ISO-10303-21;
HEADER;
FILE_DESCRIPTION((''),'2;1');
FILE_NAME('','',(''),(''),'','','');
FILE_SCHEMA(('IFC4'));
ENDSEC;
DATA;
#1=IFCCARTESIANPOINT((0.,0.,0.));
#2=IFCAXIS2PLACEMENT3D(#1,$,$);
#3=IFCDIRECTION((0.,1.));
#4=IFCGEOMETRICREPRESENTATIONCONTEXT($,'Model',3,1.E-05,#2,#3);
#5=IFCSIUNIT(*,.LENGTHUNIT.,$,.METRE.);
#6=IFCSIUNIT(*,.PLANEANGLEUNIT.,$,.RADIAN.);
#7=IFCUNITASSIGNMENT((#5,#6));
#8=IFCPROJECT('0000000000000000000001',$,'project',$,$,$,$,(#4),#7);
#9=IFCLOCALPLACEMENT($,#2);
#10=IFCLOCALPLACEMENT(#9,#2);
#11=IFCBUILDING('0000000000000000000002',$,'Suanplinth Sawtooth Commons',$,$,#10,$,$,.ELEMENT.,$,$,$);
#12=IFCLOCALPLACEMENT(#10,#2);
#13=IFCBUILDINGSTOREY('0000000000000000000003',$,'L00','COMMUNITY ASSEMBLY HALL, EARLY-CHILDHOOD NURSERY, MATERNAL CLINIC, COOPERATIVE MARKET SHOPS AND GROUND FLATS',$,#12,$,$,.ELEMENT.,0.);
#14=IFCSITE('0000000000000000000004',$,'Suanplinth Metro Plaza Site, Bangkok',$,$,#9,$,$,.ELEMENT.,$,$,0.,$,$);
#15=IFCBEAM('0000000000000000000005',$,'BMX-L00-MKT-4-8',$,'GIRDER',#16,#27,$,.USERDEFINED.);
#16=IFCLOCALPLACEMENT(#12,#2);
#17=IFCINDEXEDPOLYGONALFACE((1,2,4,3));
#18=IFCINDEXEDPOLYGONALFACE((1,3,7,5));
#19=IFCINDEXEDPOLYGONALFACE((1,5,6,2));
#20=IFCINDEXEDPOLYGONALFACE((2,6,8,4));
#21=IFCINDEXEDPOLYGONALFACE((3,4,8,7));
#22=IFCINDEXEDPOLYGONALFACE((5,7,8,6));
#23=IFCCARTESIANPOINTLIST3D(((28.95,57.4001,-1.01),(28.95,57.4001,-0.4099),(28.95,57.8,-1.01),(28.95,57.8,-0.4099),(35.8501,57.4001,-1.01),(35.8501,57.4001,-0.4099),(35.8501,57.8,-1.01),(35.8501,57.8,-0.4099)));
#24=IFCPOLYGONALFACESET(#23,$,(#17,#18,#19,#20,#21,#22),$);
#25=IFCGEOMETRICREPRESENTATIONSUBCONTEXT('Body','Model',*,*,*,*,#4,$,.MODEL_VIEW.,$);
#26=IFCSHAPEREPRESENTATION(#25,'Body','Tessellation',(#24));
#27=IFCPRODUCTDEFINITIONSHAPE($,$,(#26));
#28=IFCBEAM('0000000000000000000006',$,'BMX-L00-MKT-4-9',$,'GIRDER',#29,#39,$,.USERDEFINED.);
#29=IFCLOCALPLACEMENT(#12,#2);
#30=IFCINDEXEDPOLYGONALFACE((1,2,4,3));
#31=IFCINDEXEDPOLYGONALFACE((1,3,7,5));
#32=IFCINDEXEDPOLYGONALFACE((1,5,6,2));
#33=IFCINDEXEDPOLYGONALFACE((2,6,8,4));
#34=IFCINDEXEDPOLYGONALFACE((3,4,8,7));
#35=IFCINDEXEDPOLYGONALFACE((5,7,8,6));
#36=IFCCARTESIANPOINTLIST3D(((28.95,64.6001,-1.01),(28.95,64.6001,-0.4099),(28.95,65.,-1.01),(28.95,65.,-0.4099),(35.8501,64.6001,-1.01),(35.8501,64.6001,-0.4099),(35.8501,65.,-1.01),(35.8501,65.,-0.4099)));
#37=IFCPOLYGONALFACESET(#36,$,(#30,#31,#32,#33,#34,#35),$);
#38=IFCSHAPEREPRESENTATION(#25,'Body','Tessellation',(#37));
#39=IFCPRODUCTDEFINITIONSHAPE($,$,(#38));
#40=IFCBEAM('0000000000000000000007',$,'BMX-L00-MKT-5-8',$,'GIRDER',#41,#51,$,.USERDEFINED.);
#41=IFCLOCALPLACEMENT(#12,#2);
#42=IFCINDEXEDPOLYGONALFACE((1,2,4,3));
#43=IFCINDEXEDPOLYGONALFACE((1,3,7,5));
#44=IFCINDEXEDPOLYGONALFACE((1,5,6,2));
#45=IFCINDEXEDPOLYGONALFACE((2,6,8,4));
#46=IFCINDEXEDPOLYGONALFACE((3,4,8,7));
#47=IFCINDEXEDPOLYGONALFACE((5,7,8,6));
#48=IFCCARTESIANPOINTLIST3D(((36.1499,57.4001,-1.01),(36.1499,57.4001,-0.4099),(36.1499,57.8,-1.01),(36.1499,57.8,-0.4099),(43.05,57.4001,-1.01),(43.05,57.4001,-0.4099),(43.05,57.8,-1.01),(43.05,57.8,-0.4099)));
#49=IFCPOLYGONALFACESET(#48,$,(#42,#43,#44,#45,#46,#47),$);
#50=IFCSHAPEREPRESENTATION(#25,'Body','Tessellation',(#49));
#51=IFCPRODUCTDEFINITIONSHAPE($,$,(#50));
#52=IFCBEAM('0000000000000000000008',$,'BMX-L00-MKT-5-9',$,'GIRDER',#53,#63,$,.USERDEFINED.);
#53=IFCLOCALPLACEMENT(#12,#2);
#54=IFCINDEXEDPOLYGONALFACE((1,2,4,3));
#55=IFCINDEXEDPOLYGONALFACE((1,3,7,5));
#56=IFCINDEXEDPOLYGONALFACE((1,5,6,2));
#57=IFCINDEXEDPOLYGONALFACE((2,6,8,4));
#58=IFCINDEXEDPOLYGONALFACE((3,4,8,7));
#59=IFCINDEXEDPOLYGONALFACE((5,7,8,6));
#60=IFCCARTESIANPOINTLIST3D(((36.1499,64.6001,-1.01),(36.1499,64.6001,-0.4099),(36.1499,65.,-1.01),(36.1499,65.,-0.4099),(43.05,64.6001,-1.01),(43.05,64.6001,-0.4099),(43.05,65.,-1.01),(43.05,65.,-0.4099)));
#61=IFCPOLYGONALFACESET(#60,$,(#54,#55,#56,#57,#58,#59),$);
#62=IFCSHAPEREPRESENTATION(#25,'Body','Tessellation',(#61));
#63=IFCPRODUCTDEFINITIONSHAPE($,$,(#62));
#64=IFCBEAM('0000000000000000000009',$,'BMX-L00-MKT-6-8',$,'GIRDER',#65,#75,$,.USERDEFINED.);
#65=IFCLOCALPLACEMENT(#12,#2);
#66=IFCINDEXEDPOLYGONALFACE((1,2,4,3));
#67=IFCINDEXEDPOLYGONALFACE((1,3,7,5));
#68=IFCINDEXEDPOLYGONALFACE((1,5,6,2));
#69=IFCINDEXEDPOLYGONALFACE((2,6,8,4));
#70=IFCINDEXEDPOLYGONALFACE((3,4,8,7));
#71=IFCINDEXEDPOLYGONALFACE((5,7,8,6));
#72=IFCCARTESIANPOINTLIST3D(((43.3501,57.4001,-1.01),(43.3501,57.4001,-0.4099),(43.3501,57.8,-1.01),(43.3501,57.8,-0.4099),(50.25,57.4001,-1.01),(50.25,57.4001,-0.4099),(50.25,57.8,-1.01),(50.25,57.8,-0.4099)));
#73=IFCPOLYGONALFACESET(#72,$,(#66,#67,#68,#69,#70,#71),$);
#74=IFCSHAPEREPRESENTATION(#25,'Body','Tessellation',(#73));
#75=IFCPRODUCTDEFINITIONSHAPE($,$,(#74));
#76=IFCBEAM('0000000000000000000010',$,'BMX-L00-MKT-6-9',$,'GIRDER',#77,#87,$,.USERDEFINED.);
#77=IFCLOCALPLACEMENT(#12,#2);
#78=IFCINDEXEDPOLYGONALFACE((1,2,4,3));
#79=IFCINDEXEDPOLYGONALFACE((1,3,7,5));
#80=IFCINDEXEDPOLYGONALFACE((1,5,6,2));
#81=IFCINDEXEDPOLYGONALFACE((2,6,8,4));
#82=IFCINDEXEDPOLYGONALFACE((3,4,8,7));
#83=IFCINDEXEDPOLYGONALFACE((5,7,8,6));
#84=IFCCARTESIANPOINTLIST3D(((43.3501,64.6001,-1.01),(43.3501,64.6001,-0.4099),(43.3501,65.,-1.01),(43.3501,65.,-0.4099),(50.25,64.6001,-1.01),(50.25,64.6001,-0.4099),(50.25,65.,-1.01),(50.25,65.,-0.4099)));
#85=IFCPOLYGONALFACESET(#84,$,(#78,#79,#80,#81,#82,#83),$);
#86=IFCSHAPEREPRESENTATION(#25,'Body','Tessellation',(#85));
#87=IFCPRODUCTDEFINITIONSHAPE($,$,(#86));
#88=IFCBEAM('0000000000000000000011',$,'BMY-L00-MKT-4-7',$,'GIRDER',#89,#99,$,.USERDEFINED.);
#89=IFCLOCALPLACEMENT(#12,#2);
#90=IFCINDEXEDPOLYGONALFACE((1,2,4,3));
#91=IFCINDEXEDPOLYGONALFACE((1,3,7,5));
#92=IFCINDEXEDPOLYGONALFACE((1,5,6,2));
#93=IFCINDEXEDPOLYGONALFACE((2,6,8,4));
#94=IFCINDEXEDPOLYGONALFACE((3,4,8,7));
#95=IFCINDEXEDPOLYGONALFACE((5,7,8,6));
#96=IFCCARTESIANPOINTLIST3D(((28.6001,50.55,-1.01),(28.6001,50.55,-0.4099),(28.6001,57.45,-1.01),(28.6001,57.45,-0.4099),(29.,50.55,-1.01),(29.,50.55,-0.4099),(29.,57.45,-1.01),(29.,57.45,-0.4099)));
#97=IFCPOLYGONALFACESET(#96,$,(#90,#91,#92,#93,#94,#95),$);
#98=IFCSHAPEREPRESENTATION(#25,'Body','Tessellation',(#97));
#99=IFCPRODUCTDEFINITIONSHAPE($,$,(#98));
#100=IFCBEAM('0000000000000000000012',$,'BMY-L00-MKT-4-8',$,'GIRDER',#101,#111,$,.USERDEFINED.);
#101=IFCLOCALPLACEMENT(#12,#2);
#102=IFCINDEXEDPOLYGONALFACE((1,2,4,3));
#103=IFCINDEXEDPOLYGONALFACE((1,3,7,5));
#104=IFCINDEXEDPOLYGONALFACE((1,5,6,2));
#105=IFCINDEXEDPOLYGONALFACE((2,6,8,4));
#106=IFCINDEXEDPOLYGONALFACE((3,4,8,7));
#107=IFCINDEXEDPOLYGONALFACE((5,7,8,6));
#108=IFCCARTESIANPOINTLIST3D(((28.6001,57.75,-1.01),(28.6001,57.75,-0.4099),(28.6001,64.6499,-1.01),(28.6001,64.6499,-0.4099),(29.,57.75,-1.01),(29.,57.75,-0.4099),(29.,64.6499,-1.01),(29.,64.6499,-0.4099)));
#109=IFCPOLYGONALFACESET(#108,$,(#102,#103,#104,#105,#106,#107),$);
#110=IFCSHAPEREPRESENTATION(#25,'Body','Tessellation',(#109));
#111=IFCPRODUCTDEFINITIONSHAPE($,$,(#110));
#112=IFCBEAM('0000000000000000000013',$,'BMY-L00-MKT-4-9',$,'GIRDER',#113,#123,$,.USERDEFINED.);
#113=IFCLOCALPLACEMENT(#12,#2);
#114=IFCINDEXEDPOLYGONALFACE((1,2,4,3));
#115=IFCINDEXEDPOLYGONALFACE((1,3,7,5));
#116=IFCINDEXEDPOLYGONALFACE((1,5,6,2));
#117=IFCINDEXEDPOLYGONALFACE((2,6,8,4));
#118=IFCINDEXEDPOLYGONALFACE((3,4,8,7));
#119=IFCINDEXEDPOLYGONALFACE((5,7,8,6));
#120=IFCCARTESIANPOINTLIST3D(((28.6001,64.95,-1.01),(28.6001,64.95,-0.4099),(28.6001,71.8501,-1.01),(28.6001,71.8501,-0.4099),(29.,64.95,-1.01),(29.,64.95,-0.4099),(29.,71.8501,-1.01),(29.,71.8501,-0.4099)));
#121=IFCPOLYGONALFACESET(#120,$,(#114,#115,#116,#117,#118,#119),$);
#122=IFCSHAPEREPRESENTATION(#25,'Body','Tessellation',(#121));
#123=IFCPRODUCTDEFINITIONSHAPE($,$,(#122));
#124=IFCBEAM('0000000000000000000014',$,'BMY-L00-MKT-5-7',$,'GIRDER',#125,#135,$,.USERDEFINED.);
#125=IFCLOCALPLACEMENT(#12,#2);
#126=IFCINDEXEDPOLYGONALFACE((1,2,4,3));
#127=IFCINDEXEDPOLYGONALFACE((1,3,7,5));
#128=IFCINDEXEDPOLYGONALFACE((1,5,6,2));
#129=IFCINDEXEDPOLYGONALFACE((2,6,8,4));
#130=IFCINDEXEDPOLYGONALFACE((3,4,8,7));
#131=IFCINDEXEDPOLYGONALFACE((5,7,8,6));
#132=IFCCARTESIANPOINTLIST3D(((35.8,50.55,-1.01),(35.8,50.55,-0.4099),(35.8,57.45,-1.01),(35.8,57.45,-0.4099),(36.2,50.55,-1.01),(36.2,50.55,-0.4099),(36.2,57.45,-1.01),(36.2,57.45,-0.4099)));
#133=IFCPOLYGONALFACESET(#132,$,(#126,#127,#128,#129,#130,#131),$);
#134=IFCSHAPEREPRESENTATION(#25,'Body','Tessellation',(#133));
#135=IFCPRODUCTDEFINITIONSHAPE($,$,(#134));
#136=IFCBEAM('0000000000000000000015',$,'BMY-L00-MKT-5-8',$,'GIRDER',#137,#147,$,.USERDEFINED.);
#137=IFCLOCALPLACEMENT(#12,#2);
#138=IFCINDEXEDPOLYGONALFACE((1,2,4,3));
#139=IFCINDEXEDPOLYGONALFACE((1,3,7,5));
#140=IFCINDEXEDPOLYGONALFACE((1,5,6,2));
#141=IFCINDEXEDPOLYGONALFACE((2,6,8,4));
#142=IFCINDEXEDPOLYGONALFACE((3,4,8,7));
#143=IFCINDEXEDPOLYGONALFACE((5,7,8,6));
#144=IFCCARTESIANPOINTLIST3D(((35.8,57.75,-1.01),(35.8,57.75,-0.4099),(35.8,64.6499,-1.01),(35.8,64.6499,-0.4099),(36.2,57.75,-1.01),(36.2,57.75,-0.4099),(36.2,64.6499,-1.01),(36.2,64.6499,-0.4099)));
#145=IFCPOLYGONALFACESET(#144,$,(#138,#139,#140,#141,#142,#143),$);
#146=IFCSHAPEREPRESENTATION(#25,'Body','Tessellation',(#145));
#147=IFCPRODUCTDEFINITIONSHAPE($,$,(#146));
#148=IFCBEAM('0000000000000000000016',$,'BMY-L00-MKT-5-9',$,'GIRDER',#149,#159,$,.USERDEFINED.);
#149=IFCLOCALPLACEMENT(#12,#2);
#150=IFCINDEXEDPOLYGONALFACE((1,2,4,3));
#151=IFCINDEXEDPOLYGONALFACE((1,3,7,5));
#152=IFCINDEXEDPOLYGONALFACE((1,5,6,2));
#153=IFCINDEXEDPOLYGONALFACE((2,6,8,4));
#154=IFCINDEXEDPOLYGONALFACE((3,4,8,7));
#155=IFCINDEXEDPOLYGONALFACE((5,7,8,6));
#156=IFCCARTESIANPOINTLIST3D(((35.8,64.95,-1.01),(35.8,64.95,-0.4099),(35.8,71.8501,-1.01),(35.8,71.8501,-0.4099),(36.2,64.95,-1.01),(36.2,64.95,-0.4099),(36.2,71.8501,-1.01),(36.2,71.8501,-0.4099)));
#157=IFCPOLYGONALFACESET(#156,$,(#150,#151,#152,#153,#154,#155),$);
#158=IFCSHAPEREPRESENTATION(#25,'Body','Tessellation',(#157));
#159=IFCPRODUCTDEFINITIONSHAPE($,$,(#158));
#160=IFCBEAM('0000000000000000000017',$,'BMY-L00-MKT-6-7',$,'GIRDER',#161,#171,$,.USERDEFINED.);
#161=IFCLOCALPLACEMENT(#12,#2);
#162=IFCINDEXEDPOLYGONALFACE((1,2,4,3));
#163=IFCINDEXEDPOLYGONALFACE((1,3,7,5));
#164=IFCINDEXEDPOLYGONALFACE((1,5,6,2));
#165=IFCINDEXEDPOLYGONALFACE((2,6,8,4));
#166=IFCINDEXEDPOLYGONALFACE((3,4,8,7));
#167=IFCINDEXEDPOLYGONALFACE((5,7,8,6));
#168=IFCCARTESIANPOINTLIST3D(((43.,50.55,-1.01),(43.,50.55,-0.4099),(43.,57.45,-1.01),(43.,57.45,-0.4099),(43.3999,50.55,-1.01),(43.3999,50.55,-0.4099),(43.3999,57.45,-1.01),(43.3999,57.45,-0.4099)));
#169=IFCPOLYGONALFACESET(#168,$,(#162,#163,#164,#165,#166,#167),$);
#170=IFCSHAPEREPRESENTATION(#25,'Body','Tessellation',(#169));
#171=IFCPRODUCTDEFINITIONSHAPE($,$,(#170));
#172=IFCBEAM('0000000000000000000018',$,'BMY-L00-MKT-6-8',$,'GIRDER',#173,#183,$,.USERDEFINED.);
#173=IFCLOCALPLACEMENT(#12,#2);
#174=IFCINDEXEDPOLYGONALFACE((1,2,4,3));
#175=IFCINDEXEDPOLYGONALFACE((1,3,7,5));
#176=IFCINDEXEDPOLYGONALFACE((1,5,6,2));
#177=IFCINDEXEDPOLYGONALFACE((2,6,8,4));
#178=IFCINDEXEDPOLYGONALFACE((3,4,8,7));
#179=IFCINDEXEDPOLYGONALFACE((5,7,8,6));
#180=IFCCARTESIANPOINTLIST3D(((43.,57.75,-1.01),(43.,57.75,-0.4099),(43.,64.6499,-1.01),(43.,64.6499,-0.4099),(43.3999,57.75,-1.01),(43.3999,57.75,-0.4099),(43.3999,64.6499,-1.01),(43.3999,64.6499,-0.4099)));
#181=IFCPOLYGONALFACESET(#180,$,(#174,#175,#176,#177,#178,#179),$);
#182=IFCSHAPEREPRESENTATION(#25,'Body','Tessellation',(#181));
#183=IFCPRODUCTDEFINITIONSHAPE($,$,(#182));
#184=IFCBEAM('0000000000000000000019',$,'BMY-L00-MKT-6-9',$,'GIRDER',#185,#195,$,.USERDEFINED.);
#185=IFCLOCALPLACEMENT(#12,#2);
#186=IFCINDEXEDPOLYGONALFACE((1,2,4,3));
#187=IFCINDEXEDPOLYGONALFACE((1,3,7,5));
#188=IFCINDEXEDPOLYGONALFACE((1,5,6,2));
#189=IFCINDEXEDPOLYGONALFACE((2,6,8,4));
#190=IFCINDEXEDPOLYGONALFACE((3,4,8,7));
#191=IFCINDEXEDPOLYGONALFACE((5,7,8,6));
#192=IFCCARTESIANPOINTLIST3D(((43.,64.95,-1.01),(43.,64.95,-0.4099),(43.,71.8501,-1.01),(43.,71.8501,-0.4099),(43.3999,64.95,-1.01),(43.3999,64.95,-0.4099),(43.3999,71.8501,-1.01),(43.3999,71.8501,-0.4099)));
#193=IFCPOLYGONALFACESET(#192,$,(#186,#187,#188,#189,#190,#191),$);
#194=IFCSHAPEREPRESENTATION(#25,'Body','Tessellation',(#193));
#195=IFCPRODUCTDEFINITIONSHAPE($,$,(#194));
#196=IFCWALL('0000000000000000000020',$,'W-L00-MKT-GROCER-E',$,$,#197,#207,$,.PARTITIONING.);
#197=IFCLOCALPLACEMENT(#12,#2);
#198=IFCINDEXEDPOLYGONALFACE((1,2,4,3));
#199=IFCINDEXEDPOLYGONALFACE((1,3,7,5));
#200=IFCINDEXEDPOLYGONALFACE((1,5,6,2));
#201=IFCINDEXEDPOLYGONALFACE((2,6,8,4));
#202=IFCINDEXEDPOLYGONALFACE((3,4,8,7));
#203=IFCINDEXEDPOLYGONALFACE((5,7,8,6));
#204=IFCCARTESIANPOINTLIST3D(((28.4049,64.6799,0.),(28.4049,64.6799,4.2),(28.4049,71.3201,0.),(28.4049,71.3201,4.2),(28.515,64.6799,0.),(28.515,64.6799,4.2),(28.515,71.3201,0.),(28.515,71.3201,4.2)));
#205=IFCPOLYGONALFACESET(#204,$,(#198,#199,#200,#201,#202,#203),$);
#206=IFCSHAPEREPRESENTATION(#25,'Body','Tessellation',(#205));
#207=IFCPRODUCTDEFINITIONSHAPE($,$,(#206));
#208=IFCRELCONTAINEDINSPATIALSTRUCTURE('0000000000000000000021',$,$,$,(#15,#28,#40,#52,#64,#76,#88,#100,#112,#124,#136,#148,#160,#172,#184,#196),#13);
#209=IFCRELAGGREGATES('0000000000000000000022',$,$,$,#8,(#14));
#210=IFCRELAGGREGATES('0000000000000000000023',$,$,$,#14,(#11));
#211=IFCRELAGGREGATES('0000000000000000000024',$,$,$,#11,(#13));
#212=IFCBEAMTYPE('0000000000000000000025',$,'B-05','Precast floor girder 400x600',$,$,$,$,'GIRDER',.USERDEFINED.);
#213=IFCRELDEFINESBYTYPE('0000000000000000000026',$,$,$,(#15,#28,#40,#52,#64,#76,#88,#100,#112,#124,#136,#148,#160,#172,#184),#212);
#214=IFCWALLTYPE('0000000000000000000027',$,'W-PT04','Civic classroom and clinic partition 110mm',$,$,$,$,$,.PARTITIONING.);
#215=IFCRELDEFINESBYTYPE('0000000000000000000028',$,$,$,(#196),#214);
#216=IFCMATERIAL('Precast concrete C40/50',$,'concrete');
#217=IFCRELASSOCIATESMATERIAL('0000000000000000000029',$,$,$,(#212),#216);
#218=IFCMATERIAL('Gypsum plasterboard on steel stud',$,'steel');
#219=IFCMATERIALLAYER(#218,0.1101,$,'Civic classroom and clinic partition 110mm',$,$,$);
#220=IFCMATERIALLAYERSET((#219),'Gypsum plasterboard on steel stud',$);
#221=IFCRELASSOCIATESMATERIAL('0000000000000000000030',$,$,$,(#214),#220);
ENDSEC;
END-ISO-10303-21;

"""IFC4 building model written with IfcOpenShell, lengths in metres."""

from ifc_helpers import new_model, si_unit, direction, frame, frame_2d, origin, origin_2d, place, context, subcontext, project, spatial, rectangle, extrude, material, layer, layer_set, material_profile, profile_set, type_object, element, save


model = new_model("IFC4")

# Units and contexts
model_context = context("Model", 3, precision=1e-05, world=origin(), true_north=direction((0.0, 1.0)))
body_context = subcontext(model_context, "Body", "Model", "MODEL_VIEW")
ifc_project = project(units=[si_unit("LENGTHUNIT", "METRE"), si_unit("PLANEANGLEUNIT", "RADIAN")], contexts=[model_context])

# Site, building, storey
site_placement = place(None, origin())
site = spatial("IfcSite", under=ifc_project, at=site_placement, Name="Suanplinth Metro Plaza Site, Bangkok", CompositionType="ELEMENT", RefElevation=0.0)
building_placement = place(site_placement, origin())
building = spatial("IfcBuilding", under=site, at=building_placement, Name="Suanplinth Sawtooth Commons", CompositionType="ELEMENT")
storey_placement = place(building_placement, origin())
storey = spatial("IfcBuildingStorey", under=building, at=storey_placement, Name="L00", Description="COMMUNITY ASSEMBLY HALL, EARLY-CHILDHOOD NURSERY, MATERNAL CLINIC, COOPERATIVE MARKET SHOPS AND GROUND FLATS", CompositionType="ELEMENT", Elevation=0.0)

# Beams
ifc_material_1 = material(Name="Precast concrete C40/50", Category="concrete")
ifc_material_profile_1 = material_profile(ifc_material_1, rectangle(XDim=0.3999, YDim=0.6001, at=origin_2d()), Name="PC-GDR 400x600")
ifc_profile_set_1 = profile_set([ifc_material_profile_1], Name="Precast concrete C40/50")
beam_type = type_object("IfcBeamType", Name="B-05", Description="Precast floor girder 400x600", ElementType="GIRDER", PredefinedType="USERDEFINED", material=ifc_profile_set_1)
for number, where, z_axis, x_axis, name in (
    (1, (28.95, 57.6001, -0.71), (1.0, 0.0, 0.0), (0.0, 1.0, 0.0), "BMX-L00-MKT-4-8"),
    (2, (28.95, 64.8, -0.71), (1.0, 0.0, 0.0), (0.0, 1.0, 0.0), "BMX-L00-MKT-4-9"),
    (3, (36.1499, 57.6001, -0.71), (1.0, 0.0, 0.0), (0.0, 1.0, 0.0), "BMX-L00-MKT-5-8"),
    (4, (36.1499, 64.8, -0.71), (1.0, 0.0, 0.0), (0.0, 1.0, 0.0), "BMX-L00-MKT-5-9"),
):
    element("IfcBeam", number, at=place(storey_placement, frame(where, z_axis=z_axis, x_axis=x_axis)), inside=storey, type_object=beam_type, Name=name, ObjectType="GIRDER", PredefinedType="USERDEFINED", context=body_context, shape_type="SweptSolid", body=[
        extrude(rectangle(XDim=0.3999, YDim=0.6001, at=origin_2d()), origin(), (0.0, 0.0, 1.0), 6.9001),
    ])
for number, where, z_axis, x_axis, name in (
    (5, (43.3501, 57.6001, -0.71), (1.0, 0.0, 0.0), (0.0, 1.0, 0.0), "BMX-L00-MKT-6-8"),
    (6, (43.3501, 64.8, -0.71), (1.0, 0.0, 0.0), (0.0, 1.0, 0.0), "BMX-L00-MKT-6-9"),
    (7, (28.8, 50.55, -0.71), (0.0, 1.0, 0.0), (-1.0, 0.0, 0.0), "BMY-L00-MKT-4-7"),
    (8, (28.8, 57.75, -0.71), (0.0, 1.0, 0.0), (-1.0, 0.0, 0.0), "BMY-L00-MKT-4-8"),
):
    element("IfcBeam", number, at=place(storey_placement, frame(where, z_axis=z_axis, x_axis=x_axis)), inside=storey, type_object=beam_type, Name=name, ObjectType="GIRDER", PredefinedType="USERDEFINED", context=body_context, shape_type="SweptSolid", body=[
        extrude(rectangle(XDim=0.3999, YDim=0.6001, at=origin_2d()), origin(), (0.0, 0.0, 1.0), 6.8999),
    ])
beam_1_placement = place(storey_placement, frame((28.8, 64.95, -0.71), z_axis=(0.0, 1.0, 0.0), x_axis=(-1.0, 0.0, 0.0)))
element("IfcBeam", 9, at=beam_1_placement, inside=storey, type_object=beam_type, Name="BMY-L00-MKT-4-9", ObjectType="GIRDER", PredefinedType="USERDEFINED", context=body_context, shape_type="SweptSolid", body=[
    extrude(rectangle(XDim=0.3999, YDim=0.6001, at=origin_2d()), origin(), (0.0, 0.0, 1.0), 6.9001),
])
for number, where, z_axis, x_axis, name in (
    (10, (36.0, 50.55, -0.71), (0.0, 1.0, 0.0), (-1.0, 0.0, 0.0), "BMY-L00-MKT-5-7"),
    (11, (36.0, 57.75, -0.71), (0.0, 1.0, 0.0), (-1.0, 0.0, 0.0), "BMY-L00-MKT-5-8"),
):
    element("IfcBeam", number, at=place(storey_placement, frame(where, z_axis=z_axis, x_axis=x_axis)), inside=storey, type_object=beam_type, Name=name, ObjectType="GIRDER", PredefinedType="USERDEFINED", context=body_context, shape_type="SweptSolid", body=[
        extrude(rectangle(XDim=0.3999, YDim=0.6001, at=origin_2d()), origin(), (0.0, 0.0, 1.0), 6.8999),
    ])
beam_2_placement = place(storey_placement, frame((36.0, 64.95, -0.71), z_axis=(0.0, 1.0, 0.0), x_axis=(-1.0, 0.0, 0.0)))
element("IfcBeam", 12, at=beam_2_placement, inside=storey, type_object=beam_type, Name="BMY-L00-MKT-5-9", ObjectType="GIRDER", PredefinedType="USERDEFINED", context=body_context, shape_type="SweptSolid", body=[
    extrude(rectangle(XDim=0.3999, YDim=0.6001, at=origin_2d()), origin(), (0.0, 0.0, 1.0), 6.9001),
])
for number, where, z_axis, x_axis, name in (
    (13, (43.2, 50.55, -0.71), (0.0, 1.0, 0.0), (-1.0, 0.0, 0.0), "BMY-L00-MKT-6-7"),
    (14, (43.2, 57.75, -0.71), (0.0, 1.0, 0.0), (-1.0, 0.0, 0.0), "BMY-L00-MKT-6-8"),
):
    element("IfcBeam", number, at=place(storey_placement, frame(where, z_axis=z_axis, x_axis=x_axis)), inside=storey, type_object=beam_type, Name=name, ObjectType="GIRDER", PredefinedType="USERDEFINED", context=body_context, shape_type="SweptSolid", body=[
        extrude(rectangle(XDim=0.3999, YDim=0.6001, at=origin_2d()), origin(), (0.0, 0.0, 1.0), 6.8999),
    ])
beam_3_placement = place(storey_placement, frame((43.2, 64.95, -0.71), z_axis=(0.0, 1.0, 0.0), x_axis=(-1.0, 0.0, 0.0)))
element("IfcBeam", 15, at=beam_3_placement, inside=storey, type_object=beam_type, Name="BMY-L00-MKT-6-9", ObjectType="GIRDER", PredefinedType="USERDEFINED", context=body_context, shape_type="SweptSolid", body=[
    extrude(rectangle(XDim=0.3999, YDim=0.6001, at=origin_2d()), origin(), (0.0, 0.0, 1.0), 6.9001),
])

# Wall
ifc_material_2 = material(Name="Gypsum plasterboard on steel stud", Category="steel")
ifc_layer = layer(ifc_material_2, 0.1101, Name="Civic classroom and clinic partition 110mm")
ifc_layer_set = layer_set([ifc_layer], Name="Gypsum plasterboard on steel stud")
wall_type = type_object("IfcWallType", Name="W-PT04", Description="Civic classroom and clinic partition 110mm", PredefinedType="PARTITIONING", material=ifc_layer_set)
wall_1_placement = place(storey_placement, frame((28.46, 64.6799, 0.0), z_axis=(0.0, 0.0, 1.0), x_axis=(0.0, 1.0, 0.0)))
element("IfcWall", 16, at=wall_1_placement, inside=storey, type_object=wall_type, Name="W-L00-MKT-GROCER-E", PredefinedType="PARTITIONING", context=body_context, shape_type="SweptSolid", body=[
    extrude(rectangle(XDim=6.6401, YDim=0.1101, at=frame_2d((3.3201, 0.0))), origin(), (0.0, 0.0, 1.0), 4.2),
])

save(model, "model.ifc")
